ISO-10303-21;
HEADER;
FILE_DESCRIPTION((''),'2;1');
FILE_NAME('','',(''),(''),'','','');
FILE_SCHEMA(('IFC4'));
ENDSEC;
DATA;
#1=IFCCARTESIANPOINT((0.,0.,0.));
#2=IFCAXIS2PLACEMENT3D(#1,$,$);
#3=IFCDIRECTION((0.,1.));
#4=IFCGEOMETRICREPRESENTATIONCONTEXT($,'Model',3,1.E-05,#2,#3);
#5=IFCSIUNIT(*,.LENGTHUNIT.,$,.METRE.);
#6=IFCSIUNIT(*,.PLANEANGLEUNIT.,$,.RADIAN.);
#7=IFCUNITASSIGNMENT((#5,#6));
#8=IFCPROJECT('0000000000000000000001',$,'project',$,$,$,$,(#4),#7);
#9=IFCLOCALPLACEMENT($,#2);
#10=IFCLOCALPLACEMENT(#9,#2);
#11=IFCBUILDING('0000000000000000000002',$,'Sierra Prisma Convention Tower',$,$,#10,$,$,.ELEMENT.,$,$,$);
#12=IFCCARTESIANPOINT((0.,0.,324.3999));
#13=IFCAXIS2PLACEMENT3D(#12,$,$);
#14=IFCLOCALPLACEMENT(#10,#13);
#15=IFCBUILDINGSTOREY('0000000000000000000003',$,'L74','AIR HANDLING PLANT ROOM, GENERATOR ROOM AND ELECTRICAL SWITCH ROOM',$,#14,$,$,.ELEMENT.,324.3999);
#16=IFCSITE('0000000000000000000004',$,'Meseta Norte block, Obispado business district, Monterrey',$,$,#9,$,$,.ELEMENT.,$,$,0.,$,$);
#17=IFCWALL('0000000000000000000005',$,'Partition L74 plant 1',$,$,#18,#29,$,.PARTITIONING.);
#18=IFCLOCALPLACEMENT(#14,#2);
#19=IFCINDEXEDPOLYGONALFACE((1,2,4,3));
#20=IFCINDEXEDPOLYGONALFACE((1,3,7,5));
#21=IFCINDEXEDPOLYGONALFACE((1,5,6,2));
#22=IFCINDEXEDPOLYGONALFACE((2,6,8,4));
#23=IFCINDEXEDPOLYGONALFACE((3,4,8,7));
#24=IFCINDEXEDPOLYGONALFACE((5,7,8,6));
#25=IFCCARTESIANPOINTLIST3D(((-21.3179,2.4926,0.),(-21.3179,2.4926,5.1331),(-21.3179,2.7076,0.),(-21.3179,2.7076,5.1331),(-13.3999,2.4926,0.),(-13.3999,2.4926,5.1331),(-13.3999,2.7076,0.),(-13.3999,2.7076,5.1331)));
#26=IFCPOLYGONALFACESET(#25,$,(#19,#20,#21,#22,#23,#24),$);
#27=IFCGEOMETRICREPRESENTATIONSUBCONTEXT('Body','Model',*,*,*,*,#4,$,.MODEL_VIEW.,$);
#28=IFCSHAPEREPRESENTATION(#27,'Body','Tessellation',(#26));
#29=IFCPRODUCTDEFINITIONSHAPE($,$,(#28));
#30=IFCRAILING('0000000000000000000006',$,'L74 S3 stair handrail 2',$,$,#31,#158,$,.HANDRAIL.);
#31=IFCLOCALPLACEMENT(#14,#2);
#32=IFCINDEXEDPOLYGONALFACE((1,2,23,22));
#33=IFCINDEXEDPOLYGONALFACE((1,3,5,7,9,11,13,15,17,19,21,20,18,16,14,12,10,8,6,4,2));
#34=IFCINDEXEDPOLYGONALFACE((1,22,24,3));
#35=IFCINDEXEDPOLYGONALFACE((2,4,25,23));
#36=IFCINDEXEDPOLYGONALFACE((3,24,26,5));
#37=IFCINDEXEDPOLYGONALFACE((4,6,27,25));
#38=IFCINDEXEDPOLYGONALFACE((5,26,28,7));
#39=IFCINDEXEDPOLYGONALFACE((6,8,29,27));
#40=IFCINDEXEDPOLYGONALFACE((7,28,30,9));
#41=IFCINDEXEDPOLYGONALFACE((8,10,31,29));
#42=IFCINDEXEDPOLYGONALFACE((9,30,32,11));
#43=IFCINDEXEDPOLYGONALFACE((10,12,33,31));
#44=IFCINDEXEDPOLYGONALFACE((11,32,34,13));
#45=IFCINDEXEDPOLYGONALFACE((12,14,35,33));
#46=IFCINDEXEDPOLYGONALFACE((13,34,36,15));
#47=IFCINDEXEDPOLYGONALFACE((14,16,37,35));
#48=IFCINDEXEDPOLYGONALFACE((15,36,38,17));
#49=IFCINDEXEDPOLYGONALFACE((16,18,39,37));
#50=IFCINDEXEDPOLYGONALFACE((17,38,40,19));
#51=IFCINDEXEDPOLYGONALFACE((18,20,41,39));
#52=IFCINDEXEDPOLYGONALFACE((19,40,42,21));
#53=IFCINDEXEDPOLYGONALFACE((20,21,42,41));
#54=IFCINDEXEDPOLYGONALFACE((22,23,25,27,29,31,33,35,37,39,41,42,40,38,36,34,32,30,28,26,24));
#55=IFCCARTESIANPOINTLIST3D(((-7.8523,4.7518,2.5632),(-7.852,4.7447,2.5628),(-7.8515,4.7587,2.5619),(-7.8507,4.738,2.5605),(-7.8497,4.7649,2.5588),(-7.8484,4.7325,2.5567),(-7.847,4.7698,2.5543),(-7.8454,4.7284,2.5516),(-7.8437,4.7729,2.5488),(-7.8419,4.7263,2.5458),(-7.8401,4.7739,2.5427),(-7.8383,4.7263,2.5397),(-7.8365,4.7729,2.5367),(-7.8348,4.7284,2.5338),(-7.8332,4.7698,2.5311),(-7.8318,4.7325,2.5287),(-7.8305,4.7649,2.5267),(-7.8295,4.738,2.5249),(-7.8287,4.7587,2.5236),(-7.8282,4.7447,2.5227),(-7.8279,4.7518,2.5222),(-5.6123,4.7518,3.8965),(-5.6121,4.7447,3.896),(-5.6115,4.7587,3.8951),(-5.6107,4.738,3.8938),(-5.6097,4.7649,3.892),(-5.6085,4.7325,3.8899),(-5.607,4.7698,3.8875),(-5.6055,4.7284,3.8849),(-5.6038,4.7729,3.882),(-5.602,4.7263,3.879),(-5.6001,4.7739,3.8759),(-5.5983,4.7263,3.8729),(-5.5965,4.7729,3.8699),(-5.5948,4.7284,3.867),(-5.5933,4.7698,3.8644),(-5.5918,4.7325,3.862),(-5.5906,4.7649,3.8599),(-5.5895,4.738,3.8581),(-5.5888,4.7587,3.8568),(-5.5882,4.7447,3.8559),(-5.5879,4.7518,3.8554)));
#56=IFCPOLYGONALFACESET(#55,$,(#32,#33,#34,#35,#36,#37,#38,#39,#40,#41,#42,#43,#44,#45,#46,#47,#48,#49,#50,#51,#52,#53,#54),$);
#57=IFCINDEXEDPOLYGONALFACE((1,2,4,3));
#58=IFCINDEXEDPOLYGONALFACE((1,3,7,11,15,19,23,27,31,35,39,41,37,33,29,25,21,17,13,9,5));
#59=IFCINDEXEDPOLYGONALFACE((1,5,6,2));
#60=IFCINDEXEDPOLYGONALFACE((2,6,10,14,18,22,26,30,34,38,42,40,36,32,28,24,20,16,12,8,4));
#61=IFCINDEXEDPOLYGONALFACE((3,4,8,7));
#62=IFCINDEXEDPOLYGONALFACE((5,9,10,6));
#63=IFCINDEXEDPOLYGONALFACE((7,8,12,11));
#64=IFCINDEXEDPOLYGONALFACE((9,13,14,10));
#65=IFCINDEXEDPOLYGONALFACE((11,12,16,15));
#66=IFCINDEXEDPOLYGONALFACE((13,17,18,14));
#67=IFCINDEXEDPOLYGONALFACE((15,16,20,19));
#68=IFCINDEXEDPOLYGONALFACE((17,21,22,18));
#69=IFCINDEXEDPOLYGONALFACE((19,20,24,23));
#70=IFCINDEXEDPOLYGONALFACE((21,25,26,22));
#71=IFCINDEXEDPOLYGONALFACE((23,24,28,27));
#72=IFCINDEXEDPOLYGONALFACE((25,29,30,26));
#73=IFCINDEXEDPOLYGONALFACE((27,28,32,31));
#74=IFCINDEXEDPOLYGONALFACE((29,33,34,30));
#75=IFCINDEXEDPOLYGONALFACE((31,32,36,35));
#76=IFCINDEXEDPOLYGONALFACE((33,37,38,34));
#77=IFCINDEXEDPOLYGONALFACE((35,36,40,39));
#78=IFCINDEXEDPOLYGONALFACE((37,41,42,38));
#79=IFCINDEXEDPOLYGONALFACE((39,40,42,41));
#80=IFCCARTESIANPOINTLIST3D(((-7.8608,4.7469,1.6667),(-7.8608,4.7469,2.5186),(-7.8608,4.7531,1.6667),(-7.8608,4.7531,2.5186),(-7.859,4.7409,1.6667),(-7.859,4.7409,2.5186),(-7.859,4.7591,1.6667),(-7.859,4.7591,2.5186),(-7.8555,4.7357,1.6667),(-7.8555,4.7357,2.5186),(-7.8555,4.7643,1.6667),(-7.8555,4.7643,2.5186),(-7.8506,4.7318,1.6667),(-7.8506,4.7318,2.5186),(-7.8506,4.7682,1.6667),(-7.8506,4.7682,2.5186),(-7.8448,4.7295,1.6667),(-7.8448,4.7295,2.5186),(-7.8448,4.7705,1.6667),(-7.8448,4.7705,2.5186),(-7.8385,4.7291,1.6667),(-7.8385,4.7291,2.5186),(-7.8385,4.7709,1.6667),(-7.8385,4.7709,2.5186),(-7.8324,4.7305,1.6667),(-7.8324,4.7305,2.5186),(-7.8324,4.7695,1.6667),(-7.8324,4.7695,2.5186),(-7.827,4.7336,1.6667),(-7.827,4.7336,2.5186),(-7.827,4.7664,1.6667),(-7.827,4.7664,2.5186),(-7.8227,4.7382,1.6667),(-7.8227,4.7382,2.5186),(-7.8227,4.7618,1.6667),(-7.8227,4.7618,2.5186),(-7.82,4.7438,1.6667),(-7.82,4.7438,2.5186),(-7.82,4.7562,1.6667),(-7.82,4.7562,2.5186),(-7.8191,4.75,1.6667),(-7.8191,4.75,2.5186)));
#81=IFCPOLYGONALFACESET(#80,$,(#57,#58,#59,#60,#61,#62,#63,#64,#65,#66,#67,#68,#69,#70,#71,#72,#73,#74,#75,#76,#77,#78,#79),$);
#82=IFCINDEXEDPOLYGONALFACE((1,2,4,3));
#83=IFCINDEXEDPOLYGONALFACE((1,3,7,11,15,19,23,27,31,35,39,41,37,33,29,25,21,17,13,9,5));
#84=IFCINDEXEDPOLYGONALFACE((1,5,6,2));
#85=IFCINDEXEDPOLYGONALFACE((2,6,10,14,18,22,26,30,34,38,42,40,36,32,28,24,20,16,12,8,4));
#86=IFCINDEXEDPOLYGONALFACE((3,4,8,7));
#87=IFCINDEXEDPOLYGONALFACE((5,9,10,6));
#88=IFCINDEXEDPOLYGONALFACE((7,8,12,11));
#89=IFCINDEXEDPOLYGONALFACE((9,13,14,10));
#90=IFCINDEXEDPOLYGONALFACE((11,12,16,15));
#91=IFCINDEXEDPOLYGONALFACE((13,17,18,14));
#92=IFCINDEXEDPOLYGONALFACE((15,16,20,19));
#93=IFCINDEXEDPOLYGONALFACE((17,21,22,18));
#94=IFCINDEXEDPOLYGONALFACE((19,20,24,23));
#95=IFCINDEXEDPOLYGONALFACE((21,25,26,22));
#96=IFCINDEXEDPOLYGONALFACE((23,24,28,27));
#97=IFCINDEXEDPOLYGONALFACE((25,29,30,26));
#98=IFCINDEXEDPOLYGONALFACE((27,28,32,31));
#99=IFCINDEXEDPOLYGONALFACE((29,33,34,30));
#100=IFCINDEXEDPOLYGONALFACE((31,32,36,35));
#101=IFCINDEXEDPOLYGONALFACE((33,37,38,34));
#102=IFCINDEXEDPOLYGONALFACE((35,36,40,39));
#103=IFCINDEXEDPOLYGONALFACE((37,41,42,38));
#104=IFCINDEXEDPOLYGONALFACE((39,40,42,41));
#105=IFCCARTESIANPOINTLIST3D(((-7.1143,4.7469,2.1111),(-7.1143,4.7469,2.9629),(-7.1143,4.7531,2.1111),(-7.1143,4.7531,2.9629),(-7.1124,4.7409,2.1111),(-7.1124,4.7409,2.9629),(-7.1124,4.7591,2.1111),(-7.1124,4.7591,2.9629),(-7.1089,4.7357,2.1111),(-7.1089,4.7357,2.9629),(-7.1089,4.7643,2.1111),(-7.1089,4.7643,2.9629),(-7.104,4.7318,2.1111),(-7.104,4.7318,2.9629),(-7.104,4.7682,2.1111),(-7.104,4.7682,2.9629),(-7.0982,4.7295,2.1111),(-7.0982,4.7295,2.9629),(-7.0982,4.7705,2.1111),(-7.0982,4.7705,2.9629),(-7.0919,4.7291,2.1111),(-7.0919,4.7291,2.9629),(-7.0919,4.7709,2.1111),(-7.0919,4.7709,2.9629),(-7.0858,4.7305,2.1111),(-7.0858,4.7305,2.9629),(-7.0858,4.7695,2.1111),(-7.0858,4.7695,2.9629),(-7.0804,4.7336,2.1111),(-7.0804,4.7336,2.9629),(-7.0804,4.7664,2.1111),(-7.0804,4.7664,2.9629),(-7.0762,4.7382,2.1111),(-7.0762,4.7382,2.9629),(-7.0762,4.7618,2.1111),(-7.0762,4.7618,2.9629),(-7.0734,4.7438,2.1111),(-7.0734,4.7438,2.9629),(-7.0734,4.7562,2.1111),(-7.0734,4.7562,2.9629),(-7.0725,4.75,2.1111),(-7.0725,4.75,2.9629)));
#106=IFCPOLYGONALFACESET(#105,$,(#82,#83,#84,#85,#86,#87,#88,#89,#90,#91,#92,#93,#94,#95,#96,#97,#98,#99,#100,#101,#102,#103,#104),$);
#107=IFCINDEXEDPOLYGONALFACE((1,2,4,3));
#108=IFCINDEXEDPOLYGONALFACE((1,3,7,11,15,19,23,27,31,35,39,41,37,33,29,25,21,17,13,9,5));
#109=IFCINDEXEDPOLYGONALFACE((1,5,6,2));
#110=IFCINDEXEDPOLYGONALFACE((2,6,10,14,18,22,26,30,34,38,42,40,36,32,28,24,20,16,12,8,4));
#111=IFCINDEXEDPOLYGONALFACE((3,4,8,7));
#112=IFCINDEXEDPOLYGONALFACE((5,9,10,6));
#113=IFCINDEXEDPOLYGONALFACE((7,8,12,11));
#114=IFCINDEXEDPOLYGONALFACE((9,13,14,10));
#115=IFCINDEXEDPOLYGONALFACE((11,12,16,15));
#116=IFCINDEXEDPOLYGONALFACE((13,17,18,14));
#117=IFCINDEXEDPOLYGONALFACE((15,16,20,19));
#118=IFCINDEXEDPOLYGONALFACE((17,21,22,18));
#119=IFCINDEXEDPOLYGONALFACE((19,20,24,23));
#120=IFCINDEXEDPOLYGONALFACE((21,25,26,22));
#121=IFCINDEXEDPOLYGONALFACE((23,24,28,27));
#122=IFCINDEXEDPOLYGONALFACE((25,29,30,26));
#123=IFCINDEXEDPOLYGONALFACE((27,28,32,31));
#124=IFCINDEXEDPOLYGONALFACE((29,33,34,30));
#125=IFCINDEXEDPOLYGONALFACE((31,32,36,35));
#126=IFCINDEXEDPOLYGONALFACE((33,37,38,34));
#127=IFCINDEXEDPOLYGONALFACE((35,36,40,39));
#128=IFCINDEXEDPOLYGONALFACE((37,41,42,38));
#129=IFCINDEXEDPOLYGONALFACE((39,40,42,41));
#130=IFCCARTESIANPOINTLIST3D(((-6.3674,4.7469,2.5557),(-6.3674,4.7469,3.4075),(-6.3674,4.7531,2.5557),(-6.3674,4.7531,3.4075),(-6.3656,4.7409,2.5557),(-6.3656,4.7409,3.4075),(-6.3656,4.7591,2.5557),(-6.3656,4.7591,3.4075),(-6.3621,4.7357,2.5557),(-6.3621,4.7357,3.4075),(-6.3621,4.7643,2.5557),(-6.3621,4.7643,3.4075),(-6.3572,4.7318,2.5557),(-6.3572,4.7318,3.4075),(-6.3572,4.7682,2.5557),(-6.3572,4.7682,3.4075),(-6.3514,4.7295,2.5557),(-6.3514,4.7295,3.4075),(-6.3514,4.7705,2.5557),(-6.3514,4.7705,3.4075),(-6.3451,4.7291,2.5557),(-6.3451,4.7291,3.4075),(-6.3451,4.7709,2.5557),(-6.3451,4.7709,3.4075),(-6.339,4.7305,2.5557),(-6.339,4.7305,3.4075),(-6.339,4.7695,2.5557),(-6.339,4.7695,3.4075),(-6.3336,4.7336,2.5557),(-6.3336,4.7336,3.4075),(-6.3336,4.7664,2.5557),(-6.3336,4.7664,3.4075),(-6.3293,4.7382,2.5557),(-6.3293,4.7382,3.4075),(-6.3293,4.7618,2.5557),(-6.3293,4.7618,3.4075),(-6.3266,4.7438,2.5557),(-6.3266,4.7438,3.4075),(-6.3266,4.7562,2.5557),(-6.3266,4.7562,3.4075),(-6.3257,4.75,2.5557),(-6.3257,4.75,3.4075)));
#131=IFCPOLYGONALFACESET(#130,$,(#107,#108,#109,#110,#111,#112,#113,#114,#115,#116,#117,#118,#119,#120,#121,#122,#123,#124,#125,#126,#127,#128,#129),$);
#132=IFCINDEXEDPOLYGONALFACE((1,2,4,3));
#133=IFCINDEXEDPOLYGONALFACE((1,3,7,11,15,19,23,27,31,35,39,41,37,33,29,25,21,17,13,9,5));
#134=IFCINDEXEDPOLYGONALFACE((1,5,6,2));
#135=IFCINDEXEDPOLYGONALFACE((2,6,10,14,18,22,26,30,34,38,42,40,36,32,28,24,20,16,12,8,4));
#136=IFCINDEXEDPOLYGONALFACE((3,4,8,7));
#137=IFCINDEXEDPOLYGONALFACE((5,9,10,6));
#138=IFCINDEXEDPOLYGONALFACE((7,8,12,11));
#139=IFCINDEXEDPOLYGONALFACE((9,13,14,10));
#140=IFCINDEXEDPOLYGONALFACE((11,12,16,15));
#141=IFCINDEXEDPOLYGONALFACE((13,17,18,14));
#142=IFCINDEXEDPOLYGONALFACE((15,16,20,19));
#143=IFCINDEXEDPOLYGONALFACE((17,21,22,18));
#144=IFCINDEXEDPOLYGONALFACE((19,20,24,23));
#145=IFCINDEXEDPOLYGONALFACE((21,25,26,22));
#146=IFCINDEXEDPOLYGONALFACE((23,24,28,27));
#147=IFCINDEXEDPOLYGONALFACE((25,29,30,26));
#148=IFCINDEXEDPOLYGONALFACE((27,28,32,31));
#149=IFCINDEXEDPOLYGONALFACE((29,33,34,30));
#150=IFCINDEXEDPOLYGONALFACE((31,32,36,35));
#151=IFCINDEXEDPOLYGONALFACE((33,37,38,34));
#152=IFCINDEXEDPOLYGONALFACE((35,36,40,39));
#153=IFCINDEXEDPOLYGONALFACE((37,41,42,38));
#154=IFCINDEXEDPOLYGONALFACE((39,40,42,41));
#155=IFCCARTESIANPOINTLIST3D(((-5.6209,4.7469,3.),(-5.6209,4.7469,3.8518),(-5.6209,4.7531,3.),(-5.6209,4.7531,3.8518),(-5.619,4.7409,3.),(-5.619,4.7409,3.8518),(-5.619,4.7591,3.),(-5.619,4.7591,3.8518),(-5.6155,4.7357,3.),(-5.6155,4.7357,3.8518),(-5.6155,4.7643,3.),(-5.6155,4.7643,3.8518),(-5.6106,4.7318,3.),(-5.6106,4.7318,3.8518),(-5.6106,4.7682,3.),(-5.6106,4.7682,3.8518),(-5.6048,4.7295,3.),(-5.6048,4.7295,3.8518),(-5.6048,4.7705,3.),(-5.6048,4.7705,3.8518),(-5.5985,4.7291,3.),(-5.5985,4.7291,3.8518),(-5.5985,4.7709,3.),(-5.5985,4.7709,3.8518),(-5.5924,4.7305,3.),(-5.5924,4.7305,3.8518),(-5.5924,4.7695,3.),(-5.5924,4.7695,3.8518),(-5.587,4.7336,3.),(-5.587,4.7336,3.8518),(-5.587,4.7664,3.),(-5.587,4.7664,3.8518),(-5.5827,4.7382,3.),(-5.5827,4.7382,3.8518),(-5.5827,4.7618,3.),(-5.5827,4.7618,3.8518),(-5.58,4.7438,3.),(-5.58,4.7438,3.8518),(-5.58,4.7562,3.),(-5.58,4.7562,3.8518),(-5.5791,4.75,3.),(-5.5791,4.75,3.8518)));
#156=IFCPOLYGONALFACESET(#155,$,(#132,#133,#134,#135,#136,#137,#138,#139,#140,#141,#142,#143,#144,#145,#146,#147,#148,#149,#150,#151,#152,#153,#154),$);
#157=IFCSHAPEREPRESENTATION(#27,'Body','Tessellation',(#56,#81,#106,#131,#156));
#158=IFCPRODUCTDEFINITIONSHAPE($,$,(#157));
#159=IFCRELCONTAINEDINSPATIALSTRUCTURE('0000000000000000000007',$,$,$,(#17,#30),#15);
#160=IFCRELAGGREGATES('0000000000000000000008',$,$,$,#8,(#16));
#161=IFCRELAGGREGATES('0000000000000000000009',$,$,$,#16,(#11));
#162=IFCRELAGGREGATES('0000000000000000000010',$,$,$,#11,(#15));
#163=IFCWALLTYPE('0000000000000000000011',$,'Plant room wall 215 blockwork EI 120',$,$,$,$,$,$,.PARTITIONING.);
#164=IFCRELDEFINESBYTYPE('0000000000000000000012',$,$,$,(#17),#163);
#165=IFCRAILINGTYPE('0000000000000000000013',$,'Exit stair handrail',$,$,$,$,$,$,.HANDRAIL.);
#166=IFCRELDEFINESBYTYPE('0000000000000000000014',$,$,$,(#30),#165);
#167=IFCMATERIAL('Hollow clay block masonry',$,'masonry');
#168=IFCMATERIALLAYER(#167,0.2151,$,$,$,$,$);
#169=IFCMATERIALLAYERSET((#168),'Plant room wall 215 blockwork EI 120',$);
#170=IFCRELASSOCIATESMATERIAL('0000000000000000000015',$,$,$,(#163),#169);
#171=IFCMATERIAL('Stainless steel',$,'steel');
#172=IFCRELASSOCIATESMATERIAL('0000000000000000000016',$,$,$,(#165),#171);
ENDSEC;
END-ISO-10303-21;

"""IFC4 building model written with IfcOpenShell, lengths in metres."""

from ifc_helpers import new_model, si_unit, direction, frame, frame_2d, origin, origin_2d, place, context, subcontext, project, spatial, rectangle, circle, extrude, material, layer, layer_set, type_object, element, save


model = new_model("IFC4")

# Units and contexts
model_context = context("Model", 3, precision=1e-05, world=origin(), true_north=direction((0.0, 1.0)))
body_context = subcontext(model_context, "Body", "Model", "MODEL_VIEW")
ifc_project = project(units=[si_unit("LENGTHUNIT", "METRE"), si_unit("PLANEANGLEUNIT", "RADIAN")], contexts=[model_context])

# Site, building, storey
site_placement = place(None, origin())
site = spatial("IfcSite", under=ifc_project, at=site_placement, Name="Meseta Norte block, Obispado business district, Monterrey", CompositionType="ELEMENT", RefElevation=0.0)
building_placement = place(site_placement, origin())
building = spatial("IfcBuilding", under=site, at=building_placement, Name="Sierra Prisma Convention Tower", CompositionType="ELEMENT")
storey_placement = place(building_placement, frame((0.0, 0.0, 324.3999)))
storey = spatial("IfcBuildingStorey", under=building, at=storey_placement, Name="L74", Description="AIR HANDLING PLANT ROOM, GENERATOR ROOM AND ELECTRICAL SWITCH ROOM", CompositionType="ELEMENT", Elevation=324.3999)

# Wall
ifc_material_1 = material(Name="Hollow clay block masonry", Category="masonry")
ifc_layer_1 = layer(ifc_material_1, 0.2151)
ifc_layer_set_1 = layer_set([ifc_layer_1], Name="Plant room wall 215 blockwork EI 120")
wall_type_1 = type_object("IfcWallType", Name="Plant room wall 215 blockwork EI 120", PredefinedType="PARTITIONING", material=ifc_layer_set_1)
wall_1_placement = place(storey_placement, frame((-13.3999, 2.6001, 0.0), z_axis=(0.0, 0.0, 1.0), x_axis=(-1.0, 0.0, 0.0)))
element("IfcWall", 1, at=wall_1_placement, inside=storey, type_object=wall_type_1, Name="Partition L74 plant 1", PredefinedType="PARTITIONING", context=body_context, shape_type="SweptSolid", body=[
    extrude(rectangle(XDim=7.918, YDim=0.2151, at=frame_2d((3.959, 0.0))), origin(), (0.0, 0.0, 1.0), 5.1331),
])

# Railing
ifc_material_2 = material(Name="Stainless steel", Category="steel")
railing_type_1 = type_object("IfcRailingType", Name="Exit stair handrail", PredefinedType="HANDRAIL", material=ifc_material_2)
railing_placement = place(storey_placement, frame((-7.8401, 4.75, 1.6667)))
element("IfcRailing", 2, at=railing_placement, inside=storey, type_object=railing_type_1, Name="L74 S3 stair handrail 2", PredefinedType="HANDRAIL", context=body_context, shape_type="SweptSolid", body=[
    extrude(circle(Radius=0.0239, at=origin_2d()), frame((0.0, 0.0, 0.876), z_axis=(0.859306, 0.0, 0.511462), x_axis=(0.0, 1.0, 0.0)), (0.0, 0.0, 1.0), 2.6067),
    extrude(circle(Radius=0.021, at=origin_2d()), origin(), (0.0, 0.0, 1.0), 0.8518),
    extrude(circle(Radius=0.021, at=origin_2d()), frame((0.7466, 0.0, 0.4443)), (0.0, 0.0, 1.0), 0.8518),
    extrude(circle(Radius=0.021, at=origin_2d()), frame((1.4934, 0.0, 0.8889)), (0.0, 0.0, 1.0), 0.8518),
    extrude(circle(Radius=0.021, at=origin_2d()), frame((2.24, 0.0, 1.3333)), (0.0, 0.0, 1.0), 0.8518),
])

save(model, "model.ifc")
